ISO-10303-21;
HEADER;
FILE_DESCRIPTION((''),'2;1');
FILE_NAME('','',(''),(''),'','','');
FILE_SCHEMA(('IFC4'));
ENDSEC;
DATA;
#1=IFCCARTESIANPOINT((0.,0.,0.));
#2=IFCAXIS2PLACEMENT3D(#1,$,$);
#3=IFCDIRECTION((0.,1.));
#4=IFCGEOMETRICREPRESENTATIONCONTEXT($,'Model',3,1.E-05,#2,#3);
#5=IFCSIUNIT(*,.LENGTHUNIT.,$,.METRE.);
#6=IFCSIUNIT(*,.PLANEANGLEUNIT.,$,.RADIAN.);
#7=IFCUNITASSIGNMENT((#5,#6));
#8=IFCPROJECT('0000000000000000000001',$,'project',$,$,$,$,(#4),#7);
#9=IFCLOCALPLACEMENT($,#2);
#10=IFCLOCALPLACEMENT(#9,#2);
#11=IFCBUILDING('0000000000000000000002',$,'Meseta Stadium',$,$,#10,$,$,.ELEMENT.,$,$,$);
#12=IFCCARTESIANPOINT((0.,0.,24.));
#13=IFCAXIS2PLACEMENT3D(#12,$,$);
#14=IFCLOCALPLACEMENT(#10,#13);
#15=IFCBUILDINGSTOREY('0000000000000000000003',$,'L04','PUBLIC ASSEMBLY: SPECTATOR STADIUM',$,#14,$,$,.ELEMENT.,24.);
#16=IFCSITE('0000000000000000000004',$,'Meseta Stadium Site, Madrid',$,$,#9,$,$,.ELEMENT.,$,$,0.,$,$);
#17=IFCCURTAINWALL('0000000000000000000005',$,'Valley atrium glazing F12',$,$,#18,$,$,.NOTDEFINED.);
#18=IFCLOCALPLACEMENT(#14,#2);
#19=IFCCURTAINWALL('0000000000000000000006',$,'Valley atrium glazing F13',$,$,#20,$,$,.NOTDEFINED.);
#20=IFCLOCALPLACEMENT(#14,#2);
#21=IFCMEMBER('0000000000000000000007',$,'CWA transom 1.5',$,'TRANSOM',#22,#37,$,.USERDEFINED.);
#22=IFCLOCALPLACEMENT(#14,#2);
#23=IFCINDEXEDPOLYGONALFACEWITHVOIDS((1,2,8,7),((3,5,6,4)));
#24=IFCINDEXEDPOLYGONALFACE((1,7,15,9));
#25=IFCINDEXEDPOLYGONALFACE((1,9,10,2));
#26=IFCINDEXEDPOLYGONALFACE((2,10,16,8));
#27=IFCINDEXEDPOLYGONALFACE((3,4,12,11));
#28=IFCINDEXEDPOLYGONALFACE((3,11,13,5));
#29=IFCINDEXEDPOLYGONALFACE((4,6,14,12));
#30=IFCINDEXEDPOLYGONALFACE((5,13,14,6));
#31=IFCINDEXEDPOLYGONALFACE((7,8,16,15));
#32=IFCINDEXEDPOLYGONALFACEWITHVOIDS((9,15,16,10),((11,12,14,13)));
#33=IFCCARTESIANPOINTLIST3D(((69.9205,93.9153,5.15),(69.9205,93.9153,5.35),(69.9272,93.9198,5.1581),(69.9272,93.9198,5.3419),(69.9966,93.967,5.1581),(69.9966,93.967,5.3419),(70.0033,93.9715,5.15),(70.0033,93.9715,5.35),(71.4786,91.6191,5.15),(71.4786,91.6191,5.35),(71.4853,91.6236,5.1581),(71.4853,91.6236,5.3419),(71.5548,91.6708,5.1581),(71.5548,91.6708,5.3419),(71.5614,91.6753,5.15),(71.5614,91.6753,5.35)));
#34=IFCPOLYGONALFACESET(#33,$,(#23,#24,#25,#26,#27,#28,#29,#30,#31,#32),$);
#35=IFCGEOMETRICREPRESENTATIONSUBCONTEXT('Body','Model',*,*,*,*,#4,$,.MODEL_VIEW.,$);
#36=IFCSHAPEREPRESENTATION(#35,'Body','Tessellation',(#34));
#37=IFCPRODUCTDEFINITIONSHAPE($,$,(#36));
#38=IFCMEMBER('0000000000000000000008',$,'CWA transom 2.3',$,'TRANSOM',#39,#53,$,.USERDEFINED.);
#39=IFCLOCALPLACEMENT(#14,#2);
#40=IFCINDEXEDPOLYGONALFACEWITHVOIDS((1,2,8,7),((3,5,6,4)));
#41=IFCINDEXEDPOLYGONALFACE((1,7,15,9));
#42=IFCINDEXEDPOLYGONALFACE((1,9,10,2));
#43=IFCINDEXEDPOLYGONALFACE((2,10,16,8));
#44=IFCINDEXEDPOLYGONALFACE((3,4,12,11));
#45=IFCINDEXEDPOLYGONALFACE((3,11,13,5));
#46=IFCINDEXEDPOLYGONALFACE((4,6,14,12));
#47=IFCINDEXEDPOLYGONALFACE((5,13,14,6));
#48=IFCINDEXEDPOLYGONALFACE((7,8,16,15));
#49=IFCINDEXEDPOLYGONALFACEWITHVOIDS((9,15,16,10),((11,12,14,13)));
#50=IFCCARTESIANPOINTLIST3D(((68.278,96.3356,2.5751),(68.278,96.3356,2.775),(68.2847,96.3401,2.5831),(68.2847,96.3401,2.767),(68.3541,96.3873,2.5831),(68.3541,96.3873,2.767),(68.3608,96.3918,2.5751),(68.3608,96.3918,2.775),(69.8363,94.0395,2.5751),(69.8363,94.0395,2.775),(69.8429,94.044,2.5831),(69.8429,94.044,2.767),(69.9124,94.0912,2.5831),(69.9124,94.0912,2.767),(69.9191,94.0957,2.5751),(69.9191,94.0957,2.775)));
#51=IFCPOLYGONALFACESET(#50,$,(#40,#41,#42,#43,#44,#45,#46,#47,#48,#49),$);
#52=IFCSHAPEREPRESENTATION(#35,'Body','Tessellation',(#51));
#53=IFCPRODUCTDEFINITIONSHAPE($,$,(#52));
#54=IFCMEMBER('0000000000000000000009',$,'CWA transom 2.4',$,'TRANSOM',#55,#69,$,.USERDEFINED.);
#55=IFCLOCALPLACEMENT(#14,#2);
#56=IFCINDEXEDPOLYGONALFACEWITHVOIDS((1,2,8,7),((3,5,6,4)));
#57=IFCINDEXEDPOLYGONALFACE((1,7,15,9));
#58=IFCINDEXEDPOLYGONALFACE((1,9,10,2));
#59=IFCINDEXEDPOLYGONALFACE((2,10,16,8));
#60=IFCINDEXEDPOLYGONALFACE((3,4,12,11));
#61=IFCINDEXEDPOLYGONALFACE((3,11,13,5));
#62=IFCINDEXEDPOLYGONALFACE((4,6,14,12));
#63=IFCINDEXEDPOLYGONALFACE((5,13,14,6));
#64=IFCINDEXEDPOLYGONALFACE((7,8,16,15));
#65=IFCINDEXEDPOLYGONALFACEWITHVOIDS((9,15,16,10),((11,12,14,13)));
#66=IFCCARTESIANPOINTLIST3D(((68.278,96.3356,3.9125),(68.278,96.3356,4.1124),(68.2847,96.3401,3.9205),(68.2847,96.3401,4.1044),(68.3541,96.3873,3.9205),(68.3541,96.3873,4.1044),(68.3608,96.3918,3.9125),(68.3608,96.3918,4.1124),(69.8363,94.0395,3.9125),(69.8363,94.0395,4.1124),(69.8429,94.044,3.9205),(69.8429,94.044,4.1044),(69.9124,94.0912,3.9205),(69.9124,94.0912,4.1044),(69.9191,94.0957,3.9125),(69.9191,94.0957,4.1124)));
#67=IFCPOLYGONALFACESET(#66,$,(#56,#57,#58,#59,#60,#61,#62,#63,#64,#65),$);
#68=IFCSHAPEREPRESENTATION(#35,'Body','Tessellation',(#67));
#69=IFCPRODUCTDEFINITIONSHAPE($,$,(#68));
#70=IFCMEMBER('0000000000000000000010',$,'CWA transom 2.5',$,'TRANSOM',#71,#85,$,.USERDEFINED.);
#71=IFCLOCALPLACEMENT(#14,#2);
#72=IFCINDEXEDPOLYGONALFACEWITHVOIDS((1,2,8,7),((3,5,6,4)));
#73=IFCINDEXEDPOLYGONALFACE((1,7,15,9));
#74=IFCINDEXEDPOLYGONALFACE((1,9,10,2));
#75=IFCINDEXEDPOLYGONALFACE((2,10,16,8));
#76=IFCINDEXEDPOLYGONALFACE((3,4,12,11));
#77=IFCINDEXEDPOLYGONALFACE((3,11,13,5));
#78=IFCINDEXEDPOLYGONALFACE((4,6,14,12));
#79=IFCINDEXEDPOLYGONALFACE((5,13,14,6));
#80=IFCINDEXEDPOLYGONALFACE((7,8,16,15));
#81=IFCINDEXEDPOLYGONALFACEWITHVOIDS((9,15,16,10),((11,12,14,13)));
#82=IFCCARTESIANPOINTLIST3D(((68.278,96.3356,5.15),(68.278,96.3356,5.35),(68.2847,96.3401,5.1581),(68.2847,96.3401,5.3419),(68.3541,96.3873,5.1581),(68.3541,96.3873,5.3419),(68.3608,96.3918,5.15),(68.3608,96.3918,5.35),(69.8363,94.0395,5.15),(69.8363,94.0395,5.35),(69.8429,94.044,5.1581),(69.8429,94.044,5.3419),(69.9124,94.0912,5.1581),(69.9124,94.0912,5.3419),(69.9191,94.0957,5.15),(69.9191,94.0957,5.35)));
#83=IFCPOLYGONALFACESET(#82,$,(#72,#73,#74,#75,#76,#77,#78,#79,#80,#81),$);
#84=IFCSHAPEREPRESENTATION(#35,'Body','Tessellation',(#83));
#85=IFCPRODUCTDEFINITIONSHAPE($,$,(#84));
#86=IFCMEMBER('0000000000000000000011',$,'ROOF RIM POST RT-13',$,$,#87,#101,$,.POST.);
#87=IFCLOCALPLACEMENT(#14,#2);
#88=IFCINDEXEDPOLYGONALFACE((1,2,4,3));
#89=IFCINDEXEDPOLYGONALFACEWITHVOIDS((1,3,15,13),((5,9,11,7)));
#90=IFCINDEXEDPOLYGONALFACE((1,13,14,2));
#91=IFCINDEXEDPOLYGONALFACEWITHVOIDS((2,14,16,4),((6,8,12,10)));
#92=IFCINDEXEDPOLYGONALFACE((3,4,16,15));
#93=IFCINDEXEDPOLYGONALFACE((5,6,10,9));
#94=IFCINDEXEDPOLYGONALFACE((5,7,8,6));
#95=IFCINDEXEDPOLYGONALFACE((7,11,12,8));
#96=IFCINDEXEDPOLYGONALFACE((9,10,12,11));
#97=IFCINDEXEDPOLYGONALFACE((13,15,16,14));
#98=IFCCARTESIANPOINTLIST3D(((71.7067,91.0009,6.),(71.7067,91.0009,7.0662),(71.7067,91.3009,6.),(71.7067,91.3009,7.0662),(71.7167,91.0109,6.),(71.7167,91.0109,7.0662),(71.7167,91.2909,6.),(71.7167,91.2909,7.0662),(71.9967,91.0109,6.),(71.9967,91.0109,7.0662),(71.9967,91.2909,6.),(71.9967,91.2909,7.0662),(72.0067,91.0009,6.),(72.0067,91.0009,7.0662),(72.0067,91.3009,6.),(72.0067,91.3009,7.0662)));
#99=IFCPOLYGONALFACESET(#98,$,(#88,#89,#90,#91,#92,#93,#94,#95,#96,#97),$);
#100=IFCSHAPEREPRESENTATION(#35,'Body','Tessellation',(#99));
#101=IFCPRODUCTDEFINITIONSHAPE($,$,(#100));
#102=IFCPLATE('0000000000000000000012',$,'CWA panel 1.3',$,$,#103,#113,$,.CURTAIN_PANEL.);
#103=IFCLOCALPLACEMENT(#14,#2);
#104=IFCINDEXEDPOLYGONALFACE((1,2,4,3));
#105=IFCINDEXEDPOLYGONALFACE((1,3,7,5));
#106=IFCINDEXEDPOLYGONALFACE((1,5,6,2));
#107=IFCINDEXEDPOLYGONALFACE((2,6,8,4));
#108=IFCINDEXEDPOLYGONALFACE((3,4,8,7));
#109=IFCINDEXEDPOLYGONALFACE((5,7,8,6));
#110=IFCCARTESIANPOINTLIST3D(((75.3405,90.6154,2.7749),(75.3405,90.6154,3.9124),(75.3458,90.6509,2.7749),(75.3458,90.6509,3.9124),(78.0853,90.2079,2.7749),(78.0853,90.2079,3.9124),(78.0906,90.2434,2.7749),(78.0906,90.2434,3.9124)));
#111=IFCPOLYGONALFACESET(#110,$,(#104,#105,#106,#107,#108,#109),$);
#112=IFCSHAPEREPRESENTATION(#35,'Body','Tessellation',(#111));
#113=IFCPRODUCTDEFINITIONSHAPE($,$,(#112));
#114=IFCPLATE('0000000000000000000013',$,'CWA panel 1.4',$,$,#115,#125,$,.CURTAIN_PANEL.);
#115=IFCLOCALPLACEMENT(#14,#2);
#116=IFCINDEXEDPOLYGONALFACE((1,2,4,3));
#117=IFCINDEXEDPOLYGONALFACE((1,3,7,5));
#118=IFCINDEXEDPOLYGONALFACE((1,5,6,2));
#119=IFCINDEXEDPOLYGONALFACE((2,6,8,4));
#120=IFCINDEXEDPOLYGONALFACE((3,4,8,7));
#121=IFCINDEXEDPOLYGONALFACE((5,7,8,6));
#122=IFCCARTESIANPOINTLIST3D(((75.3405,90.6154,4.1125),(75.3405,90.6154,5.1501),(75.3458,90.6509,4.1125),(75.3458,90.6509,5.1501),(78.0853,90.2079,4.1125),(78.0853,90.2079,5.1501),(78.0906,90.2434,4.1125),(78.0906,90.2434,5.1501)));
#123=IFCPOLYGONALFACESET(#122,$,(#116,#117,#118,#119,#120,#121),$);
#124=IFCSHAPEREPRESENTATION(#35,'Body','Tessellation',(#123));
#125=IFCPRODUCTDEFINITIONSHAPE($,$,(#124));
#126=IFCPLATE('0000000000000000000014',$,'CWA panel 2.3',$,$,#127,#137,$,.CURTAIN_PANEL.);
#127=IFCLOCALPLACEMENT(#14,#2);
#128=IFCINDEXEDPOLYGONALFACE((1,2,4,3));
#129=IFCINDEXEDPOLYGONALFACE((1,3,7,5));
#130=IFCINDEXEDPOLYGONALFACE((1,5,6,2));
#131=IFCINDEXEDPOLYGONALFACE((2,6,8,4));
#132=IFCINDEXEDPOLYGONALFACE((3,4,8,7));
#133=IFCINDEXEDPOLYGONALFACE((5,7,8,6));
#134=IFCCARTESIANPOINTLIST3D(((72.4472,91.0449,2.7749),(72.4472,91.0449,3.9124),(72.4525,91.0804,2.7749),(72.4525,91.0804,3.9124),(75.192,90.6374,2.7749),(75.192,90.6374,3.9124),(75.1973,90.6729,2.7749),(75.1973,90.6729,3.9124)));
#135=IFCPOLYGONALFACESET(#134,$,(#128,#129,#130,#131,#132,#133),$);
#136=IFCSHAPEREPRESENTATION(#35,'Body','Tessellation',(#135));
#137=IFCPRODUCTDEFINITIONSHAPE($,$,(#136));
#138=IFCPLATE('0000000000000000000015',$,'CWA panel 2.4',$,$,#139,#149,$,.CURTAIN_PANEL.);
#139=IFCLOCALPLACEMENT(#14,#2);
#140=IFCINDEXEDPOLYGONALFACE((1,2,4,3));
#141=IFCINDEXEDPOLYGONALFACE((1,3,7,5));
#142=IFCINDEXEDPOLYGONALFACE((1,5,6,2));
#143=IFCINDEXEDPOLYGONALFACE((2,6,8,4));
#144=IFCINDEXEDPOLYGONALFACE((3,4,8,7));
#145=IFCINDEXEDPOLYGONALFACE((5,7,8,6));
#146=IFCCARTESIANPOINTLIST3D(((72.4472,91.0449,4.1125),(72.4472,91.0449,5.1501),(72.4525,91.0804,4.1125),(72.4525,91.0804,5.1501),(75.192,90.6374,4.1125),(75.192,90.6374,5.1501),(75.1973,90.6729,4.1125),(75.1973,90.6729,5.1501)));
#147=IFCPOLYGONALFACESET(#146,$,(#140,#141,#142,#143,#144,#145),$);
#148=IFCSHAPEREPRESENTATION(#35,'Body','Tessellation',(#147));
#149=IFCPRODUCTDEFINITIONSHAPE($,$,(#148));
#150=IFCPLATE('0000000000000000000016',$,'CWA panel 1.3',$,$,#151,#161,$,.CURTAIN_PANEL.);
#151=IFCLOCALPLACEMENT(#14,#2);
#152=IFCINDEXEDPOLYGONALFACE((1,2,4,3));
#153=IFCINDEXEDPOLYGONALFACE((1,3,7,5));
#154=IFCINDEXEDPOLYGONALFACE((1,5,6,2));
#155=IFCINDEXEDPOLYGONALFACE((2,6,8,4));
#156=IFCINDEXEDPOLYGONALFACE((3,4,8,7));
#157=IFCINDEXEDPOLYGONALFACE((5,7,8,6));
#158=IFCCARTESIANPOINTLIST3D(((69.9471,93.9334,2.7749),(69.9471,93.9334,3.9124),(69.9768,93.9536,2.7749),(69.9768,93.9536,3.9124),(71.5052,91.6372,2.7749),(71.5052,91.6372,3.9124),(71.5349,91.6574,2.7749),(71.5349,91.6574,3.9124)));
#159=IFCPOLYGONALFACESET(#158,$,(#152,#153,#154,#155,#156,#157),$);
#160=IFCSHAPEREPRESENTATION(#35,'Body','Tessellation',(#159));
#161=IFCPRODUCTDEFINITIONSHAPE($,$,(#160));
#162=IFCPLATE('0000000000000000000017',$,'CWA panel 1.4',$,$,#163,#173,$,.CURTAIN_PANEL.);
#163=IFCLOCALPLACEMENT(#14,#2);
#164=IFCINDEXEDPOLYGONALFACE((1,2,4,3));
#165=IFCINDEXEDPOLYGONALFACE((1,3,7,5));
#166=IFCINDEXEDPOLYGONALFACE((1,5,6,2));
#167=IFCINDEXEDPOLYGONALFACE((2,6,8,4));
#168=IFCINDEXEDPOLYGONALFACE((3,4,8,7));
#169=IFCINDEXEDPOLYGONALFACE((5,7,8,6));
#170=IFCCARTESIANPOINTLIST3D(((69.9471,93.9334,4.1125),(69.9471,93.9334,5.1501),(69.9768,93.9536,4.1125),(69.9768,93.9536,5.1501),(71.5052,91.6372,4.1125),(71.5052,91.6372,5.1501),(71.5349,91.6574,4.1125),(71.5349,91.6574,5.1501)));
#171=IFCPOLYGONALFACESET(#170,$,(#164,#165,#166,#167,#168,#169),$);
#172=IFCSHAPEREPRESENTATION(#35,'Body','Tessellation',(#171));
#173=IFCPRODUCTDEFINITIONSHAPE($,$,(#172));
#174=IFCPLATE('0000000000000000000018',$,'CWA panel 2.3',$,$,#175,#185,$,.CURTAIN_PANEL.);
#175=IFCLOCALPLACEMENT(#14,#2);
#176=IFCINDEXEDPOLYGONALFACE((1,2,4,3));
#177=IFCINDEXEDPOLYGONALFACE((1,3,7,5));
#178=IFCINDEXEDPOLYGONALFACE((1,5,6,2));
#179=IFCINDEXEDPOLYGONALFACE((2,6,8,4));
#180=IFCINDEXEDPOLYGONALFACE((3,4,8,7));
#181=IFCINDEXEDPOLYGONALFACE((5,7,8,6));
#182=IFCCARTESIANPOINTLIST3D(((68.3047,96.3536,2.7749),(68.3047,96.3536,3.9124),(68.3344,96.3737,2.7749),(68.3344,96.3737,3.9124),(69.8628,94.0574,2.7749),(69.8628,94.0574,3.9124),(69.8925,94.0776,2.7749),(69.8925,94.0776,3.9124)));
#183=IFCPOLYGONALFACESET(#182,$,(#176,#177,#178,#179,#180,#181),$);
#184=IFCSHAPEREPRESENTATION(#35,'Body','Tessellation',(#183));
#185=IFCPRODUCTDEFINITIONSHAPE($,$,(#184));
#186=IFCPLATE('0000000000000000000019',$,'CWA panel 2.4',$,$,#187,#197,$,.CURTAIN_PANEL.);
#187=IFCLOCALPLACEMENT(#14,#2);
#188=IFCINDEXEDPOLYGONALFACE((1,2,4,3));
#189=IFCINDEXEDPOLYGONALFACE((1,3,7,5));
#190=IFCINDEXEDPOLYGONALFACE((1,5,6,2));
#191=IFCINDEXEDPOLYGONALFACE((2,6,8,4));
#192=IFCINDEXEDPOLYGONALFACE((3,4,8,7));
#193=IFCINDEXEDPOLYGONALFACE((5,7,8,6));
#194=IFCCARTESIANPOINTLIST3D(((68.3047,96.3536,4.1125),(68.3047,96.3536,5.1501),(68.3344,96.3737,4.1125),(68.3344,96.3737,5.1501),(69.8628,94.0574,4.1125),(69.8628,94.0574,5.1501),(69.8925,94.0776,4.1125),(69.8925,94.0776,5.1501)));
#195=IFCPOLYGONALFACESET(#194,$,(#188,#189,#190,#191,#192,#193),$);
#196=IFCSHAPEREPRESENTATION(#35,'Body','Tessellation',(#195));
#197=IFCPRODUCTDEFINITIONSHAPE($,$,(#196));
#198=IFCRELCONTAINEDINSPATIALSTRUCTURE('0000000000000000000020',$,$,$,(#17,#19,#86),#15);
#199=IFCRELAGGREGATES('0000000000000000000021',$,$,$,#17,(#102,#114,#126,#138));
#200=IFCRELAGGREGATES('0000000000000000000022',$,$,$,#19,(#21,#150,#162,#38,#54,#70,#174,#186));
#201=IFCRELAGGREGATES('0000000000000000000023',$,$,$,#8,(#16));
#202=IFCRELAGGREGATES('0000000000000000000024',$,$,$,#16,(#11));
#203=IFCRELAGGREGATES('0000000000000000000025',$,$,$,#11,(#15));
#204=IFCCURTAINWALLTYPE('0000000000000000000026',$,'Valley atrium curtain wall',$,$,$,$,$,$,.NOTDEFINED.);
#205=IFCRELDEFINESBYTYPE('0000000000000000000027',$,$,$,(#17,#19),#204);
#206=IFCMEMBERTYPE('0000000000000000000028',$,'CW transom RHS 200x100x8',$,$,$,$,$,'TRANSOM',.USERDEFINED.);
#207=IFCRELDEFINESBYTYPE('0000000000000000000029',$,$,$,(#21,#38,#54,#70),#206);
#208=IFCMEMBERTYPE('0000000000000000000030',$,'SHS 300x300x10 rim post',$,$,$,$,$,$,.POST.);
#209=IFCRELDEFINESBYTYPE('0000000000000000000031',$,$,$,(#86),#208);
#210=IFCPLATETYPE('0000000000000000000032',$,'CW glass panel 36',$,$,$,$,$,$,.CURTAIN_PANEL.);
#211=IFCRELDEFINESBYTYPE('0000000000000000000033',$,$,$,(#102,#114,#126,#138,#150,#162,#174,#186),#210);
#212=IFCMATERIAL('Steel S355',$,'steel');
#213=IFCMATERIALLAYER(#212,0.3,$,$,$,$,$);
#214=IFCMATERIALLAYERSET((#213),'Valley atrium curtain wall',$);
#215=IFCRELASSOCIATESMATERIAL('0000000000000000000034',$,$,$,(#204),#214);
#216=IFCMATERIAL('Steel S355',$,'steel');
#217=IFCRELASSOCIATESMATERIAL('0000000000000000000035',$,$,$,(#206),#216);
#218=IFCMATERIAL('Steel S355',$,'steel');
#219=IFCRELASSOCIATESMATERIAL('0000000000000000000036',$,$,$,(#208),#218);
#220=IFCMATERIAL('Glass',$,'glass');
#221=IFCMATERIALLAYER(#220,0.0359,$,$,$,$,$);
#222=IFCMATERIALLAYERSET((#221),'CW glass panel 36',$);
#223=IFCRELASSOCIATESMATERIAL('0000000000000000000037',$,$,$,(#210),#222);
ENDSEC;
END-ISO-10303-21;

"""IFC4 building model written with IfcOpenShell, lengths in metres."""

from ifc_helpers import new_model, si_unit, direction, frame, origin, origin_2d, place, context, subcontext, project, spatial, rectangle, hollow_rectangle, extrude, material, layer, layer_set, material_profile, profile_set, type_object, element, aggregate, save


model = new_model("IFC4")

# Units and contexts
model_context = context("Model", 3, precision=1e-05, world=origin(), true_north=direction((0.0, 1.0)))
body_context = subcontext(model_context, "Body", "Model", "MODEL_VIEW")
ifc_project = project(units=[si_unit("LENGTHUNIT", "METRE"), si_unit("PLANEANGLEUNIT", "RADIAN")], contexts=[model_context])

# Site, building, storey
site_placement = place(None, origin())
site = spatial("IfcSite", under=ifc_project, at=site_placement, Name="Meseta Stadium Site, Madrid", CompositionType="ELEMENT", RefElevation=0.0)
building_placement = place(site_placement, origin())
building = spatial("IfcBuilding", under=site, at=building_placement, Name="Meseta Stadium", CompositionType="ELEMENT")
storey_placement = place(building_placement, frame((0.0, 0.0, 24.0)))
storey = spatial("IfcBuildingStorey", under=building, at=storey_placement, Name="L04", Description="PUBLIC ASSEMBLY: SPECTATOR STADIUM", CompositionType="ELEMENT", Elevation=24.0)

# Curtain walls, members
ifc_material_1 = material(Name="Steel S355", Category="steel")
ifc_layer_1 = layer(ifc_material_1, 0.3)
ifc_layer_set_1 = layer_set([ifc_layer_1], Name="Valley atrium curtain wall")
curtain_wall_type = type_object("IfcCurtainWallType", Name="Valley atrium curtain wall", PredefinedType="NOTDEFINED", material=ifc_layer_set_1)
curtain_wall_1_placement = place(storey_placement, origin())
curtain_wall_1 = element("IfcCurtainWall", 1, at=curtain_wall_1_placement, inside=storey, type_object=curtain_wall_type, Name="Valley atrium glazing F12", PredefinedType="NOTDEFINED")
ifc_material_2 = material(Name="Steel S355", Category="steel")
ifc_material_profile_1 = material_profile(ifc_material_2, hollow_rectangle(XDim=0.1001, YDim=0.2, WallThickness=0.0081, at=origin_2d()), Name="RHS 200x100x8")
ifc_profile_set_1 = profile_set([ifc_material_profile_1], Name="Steel S355")
member_type_1 = type_object("IfcMemberType", Name="CW transom RHS 200x100x8", ElementType="TRANSOM", PredefinedType="USERDEFINED", material=ifc_profile_set_1)
curtain_wall_2_placement = place(storey_placement, origin())
curtain_wall_2 = element("IfcCurtainWall", 2, at=curtain_wall_2_placement, inside=storey, type_object=curtain_wall_type, Name="Valley atrium glazing F13", PredefinedType="NOTDEFINED")
member_1_placement = place(storey_placement, frame((71.52, 91.6472, 5.25), z_axis=(-0.561504, 0.827474, 0.0), x_axis=(-0.827474, -0.561504, 0.0)))
member_1 = element("IfcMember", 3, at=member_1_placement, type_object=member_type_1, Name="CWA transom 1.5", ObjectType="TRANSOM", PredefinedType="USERDEFINED", context=body_context, shape_type="SweptSolid", body=[
    extrude(hollow_rectangle(XDim=0.1001, YDim=0.2, WallThickness=0.0081, at=origin_2d()), origin(), (0.0, 0.0, 1.0), 2.7749),
])
member_2_placement = place(storey_placement, frame((69.8777, 94.0676, 2.675), z_axis=(-0.561564, 0.827433, 0.0), x_axis=(-0.827433, -0.561564, 0.0)))
member_2 = element("IfcMember", 4, at=member_2_placement, type_object=member_type_1, Name="CWA transom 2.3", ObjectType="TRANSOM", PredefinedType="USERDEFINED", context=body_context, shape_type="SweptSolid", body=[
    extrude(hollow_rectangle(XDim=0.1001, YDim=0.2, WallThickness=0.0081, at=origin_2d()), origin(), (0.0, 0.0, 1.0), 2.7749),
])
member_3_placement = place(storey_placement, frame((69.8777, 94.0676, 4.0125), z_axis=(-0.561564, 0.827433, 0.0), x_axis=(-0.827433, -0.561564, 0.0)))
member_3 = element("IfcMember", 5, at=member_3_placement, type_object=member_type_1, Name="CWA transom 2.4", ObjectType="TRANSOM", PredefinedType="USERDEFINED", context=body_context, shape_type="SweptSolid", body=[
    extrude(hollow_rectangle(XDim=0.1001, YDim=0.2, WallThickness=0.0081, at=origin_2d()), origin(), (0.0, 0.0, 1.0), 2.7749),
])
member_4_placement = place(storey_placement, frame((69.8777, 94.0676, 5.25), z_axis=(-0.561564, 0.827433, 0.0), x_axis=(-0.827433, -0.561564, 0.0)))
member_4 = element("IfcMember", 6, at=member_4_placement, type_object=member_type_1, Name="CWA transom 2.5", ObjectType="TRANSOM", PredefinedType="USERDEFINED", context=body_context, shape_type="SweptSolid", body=[
    extrude(hollow_rectangle(XDim=0.1001, YDim=0.2, WallThickness=0.0081, at=origin_2d()), origin(), (0.0, 0.0, 1.0), 2.7749),
])

# Member
ifc_material_3 = material(Name="Steel S355", Category="steel")
ifc_material_profile_2 = material_profile(ifc_material_3, hollow_rectangle(XDim=0.3, YDim=0.3, WallThickness=0.01, at=origin_2d()), Name="SHS 300x300x10")
ifc_profile_set_2 = profile_set([ifc_material_profile_2], Name="Steel S355")
member_type_2 = type_object("IfcMemberType", Name="SHS 300x300x10 rim post", PredefinedType="POST", material=ifc_profile_set_2)
member_5_placement = place(storey_placement, frame((71.8567, 91.1509, 6.0), z_axis=(0.0, 0.0, 1.0), x_axis=(1.0, 0.0, 0.0)))
element("IfcMember", 7, at=member_5_placement, inside=storey, type_object=member_type_2, Name="ROOF RIM POST RT-13", PredefinedType="POST", context=body_context, shape_type="SweptSolid", body=[
    extrude(hollow_rectangle(XDim=0.3, YDim=0.3, WallThickness=0.01, at=origin_2d()), origin(), (0.0, 0.0, 1.0), 1.0662),
])

# Plates
ifc_material_4 = material(Name="Glass", Category="glass")
ifc_layer_2 = layer(ifc_material_4, 0.0359)
ifc_layer_set_2 = layer_set([ifc_layer_2], Name="CW glass panel 36")
plate_type = type_object("IfcPlateType", Name="CW glass panel 36", PredefinedType="CURTAIN_PANEL", material=ifc_layer_set_2)
plate_1_placement = place(storey_placement, frame((76.7156, 90.4294, 2.7749), z_axis=(0.0, 0.0, 1.0), x_axis=(-0.989158, 0.146854, 0.0)))
plate_1 = element("IfcPlate", 8, at=plate_1_placement, type_object=plate_type, Name="CWA panel 1.3", PredefinedType="CURTAIN_PANEL", context=body_context, shape_type="SweptSolid", body=[
    extrude(rectangle(XDim=2.7749, YDim=0.0359, at=origin_2d()), origin(), (0.0, 0.0, 1.0), 1.1375),
])
plate_2_placement = place(storey_placement, frame((76.7156, 90.4294, 4.1125), z_axis=(0.0, 0.0, 1.0), x_axis=(-0.989158, 0.146854, 0.0)))
plate_2 = element("IfcPlate", 9, at=plate_2_placement, type_object=plate_type, Name="CWA panel 1.4", PredefinedType="CURTAIN_PANEL", context=body_context, shape_type="SweptSolid", body=[
    extrude(rectangle(XDim=2.7749, YDim=0.0359, at=origin_2d()), origin(), (0.0, 0.0, 1.0), 1.0376),
])
plate_3_placement = place(storey_placement, frame((73.8223, 90.8589, 2.7749), z_axis=(0.0, 0.0, 1.0), x_axis=(-0.989158, 0.146854, 0.0)))
plate_3 = element("IfcPlate", 10, at=plate_3_placement, type_object=plate_type, Name="CWA panel 2.3", PredefinedType="CURTAIN_PANEL", context=body_context, shape_type="SweptSolid", body=[
    extrude(rectangle(XDim=2.7749, YDim=0.0359, at=origin_2d()), origin(), (0.0, 0.0, 1.0), 1.1375),
])
plate_4_placement = place(storey_placement, frame((73.8223, 90.8589, 4.1125), z_axis=(0.0, 0.0, 1.0), x_axis=(-0.989158, 0.146854, 0.0)))
plate_4 = element("IfcPlate", 11, at=plate_4_placement, type_object=plate_type, Name="CWA panel 2.4", PredefinedType="CURTAIN_PANEL", context=body_context, shape_type="SweptSolid", body=[
    extrude(rectangle(XDim=2.7749, YDim=0.0359, at=origin_2d()), origin(), (0.0, 0.0, 1.0), 1.0376),
])
aggregate(curtain_wall_1, [plate_1, plate_2, plate_3, plate_4])
plate_5_placement = place(storey_placement, frame((70.741, 92.7954, 2.7749), z_axis=(0.0, 0.0, 1.0), x_axis=(-0.56149, 0.827483, 0.0)))
plate_5 = element("IfcPlate", 12, at=plate_5_placement, type_object=plate_type, Name="CWA panel 1.3", PredefinedType="CURTAIN_PANEL", context=body_context, shape_type="SweptSolid", body=[
    extrude(rectangle(XDim=2.7749, YDim=0.0359, at=origin_2d()), origin(), (0.0, 0.0, 1.0), 1.1375),
])
plate_6_placement = place(storey_placement, frame((70.741, 92.7954, 4.1125), z_axis=(0.0, 0.0, 1.0), x_axis=(-0.56149, 0.827483, 0.0)))
plate_6 = element("IfcPlate", 13, at=plate_6_placement, type_object=plate_type, Name="CWA panel 1.4", PredefinedType="CURTAIN_PANEL", context=body_context, shape_type="SweptSolid", body=[
    extrude(rectangle(XDim=2.7749, YDim=0.0359, at=origin_2d()), origin(), (0.0, 0.0, 1.0), 1.0376),
])
plate_7_placement = place(storey_placement, frame((69.0986, 95.2156, 2.7749), z_axis=(0.0, 0.0, 1.0), x_axis=(-0.56149, 0.827483, 0.0)))
plate_7 = element("IfcPlate", 14, at=plate_7_placement, type_object=plate_type, Name="CWA panel 2.3", PredefinedType="CURTAIN_PANEL", context=body_context, shape_type="SweptSolid", body=[
    extrude(rectangle(XDim=2.7749, YDim=0.0359, at=origin_2d()), origin(), (0.0, 0.0, 1.0), 1.1375),
])
plate_8_placement = place(storey_placement, frame((69.0986, 95.2156, 4.1125), z_axis=(0.0, 0.0, 1.0), x_axis=(-0.56149, 0.827483, 0.0)))
plate_8 = element("IfcPlate", 15, at=plate_8_placement, type_object=plate_type, Name="CWA panel 2.4", PredefinedType="CURTAIN_PANEL", context=body_context, shape_type="SweptSolid", body=[
    extrude(rectangle(XDim=2.7749, YDim=0.0359, at=origin_2d()), origin(), (0.0, 0.0, 1.0), 1.0376),
])
aggregate(curtain_wall_2, [member_1, plate_5, plate_6, member_2, member_3, member_4, plate_7, plate_8])

save(model, "model.ifc")
